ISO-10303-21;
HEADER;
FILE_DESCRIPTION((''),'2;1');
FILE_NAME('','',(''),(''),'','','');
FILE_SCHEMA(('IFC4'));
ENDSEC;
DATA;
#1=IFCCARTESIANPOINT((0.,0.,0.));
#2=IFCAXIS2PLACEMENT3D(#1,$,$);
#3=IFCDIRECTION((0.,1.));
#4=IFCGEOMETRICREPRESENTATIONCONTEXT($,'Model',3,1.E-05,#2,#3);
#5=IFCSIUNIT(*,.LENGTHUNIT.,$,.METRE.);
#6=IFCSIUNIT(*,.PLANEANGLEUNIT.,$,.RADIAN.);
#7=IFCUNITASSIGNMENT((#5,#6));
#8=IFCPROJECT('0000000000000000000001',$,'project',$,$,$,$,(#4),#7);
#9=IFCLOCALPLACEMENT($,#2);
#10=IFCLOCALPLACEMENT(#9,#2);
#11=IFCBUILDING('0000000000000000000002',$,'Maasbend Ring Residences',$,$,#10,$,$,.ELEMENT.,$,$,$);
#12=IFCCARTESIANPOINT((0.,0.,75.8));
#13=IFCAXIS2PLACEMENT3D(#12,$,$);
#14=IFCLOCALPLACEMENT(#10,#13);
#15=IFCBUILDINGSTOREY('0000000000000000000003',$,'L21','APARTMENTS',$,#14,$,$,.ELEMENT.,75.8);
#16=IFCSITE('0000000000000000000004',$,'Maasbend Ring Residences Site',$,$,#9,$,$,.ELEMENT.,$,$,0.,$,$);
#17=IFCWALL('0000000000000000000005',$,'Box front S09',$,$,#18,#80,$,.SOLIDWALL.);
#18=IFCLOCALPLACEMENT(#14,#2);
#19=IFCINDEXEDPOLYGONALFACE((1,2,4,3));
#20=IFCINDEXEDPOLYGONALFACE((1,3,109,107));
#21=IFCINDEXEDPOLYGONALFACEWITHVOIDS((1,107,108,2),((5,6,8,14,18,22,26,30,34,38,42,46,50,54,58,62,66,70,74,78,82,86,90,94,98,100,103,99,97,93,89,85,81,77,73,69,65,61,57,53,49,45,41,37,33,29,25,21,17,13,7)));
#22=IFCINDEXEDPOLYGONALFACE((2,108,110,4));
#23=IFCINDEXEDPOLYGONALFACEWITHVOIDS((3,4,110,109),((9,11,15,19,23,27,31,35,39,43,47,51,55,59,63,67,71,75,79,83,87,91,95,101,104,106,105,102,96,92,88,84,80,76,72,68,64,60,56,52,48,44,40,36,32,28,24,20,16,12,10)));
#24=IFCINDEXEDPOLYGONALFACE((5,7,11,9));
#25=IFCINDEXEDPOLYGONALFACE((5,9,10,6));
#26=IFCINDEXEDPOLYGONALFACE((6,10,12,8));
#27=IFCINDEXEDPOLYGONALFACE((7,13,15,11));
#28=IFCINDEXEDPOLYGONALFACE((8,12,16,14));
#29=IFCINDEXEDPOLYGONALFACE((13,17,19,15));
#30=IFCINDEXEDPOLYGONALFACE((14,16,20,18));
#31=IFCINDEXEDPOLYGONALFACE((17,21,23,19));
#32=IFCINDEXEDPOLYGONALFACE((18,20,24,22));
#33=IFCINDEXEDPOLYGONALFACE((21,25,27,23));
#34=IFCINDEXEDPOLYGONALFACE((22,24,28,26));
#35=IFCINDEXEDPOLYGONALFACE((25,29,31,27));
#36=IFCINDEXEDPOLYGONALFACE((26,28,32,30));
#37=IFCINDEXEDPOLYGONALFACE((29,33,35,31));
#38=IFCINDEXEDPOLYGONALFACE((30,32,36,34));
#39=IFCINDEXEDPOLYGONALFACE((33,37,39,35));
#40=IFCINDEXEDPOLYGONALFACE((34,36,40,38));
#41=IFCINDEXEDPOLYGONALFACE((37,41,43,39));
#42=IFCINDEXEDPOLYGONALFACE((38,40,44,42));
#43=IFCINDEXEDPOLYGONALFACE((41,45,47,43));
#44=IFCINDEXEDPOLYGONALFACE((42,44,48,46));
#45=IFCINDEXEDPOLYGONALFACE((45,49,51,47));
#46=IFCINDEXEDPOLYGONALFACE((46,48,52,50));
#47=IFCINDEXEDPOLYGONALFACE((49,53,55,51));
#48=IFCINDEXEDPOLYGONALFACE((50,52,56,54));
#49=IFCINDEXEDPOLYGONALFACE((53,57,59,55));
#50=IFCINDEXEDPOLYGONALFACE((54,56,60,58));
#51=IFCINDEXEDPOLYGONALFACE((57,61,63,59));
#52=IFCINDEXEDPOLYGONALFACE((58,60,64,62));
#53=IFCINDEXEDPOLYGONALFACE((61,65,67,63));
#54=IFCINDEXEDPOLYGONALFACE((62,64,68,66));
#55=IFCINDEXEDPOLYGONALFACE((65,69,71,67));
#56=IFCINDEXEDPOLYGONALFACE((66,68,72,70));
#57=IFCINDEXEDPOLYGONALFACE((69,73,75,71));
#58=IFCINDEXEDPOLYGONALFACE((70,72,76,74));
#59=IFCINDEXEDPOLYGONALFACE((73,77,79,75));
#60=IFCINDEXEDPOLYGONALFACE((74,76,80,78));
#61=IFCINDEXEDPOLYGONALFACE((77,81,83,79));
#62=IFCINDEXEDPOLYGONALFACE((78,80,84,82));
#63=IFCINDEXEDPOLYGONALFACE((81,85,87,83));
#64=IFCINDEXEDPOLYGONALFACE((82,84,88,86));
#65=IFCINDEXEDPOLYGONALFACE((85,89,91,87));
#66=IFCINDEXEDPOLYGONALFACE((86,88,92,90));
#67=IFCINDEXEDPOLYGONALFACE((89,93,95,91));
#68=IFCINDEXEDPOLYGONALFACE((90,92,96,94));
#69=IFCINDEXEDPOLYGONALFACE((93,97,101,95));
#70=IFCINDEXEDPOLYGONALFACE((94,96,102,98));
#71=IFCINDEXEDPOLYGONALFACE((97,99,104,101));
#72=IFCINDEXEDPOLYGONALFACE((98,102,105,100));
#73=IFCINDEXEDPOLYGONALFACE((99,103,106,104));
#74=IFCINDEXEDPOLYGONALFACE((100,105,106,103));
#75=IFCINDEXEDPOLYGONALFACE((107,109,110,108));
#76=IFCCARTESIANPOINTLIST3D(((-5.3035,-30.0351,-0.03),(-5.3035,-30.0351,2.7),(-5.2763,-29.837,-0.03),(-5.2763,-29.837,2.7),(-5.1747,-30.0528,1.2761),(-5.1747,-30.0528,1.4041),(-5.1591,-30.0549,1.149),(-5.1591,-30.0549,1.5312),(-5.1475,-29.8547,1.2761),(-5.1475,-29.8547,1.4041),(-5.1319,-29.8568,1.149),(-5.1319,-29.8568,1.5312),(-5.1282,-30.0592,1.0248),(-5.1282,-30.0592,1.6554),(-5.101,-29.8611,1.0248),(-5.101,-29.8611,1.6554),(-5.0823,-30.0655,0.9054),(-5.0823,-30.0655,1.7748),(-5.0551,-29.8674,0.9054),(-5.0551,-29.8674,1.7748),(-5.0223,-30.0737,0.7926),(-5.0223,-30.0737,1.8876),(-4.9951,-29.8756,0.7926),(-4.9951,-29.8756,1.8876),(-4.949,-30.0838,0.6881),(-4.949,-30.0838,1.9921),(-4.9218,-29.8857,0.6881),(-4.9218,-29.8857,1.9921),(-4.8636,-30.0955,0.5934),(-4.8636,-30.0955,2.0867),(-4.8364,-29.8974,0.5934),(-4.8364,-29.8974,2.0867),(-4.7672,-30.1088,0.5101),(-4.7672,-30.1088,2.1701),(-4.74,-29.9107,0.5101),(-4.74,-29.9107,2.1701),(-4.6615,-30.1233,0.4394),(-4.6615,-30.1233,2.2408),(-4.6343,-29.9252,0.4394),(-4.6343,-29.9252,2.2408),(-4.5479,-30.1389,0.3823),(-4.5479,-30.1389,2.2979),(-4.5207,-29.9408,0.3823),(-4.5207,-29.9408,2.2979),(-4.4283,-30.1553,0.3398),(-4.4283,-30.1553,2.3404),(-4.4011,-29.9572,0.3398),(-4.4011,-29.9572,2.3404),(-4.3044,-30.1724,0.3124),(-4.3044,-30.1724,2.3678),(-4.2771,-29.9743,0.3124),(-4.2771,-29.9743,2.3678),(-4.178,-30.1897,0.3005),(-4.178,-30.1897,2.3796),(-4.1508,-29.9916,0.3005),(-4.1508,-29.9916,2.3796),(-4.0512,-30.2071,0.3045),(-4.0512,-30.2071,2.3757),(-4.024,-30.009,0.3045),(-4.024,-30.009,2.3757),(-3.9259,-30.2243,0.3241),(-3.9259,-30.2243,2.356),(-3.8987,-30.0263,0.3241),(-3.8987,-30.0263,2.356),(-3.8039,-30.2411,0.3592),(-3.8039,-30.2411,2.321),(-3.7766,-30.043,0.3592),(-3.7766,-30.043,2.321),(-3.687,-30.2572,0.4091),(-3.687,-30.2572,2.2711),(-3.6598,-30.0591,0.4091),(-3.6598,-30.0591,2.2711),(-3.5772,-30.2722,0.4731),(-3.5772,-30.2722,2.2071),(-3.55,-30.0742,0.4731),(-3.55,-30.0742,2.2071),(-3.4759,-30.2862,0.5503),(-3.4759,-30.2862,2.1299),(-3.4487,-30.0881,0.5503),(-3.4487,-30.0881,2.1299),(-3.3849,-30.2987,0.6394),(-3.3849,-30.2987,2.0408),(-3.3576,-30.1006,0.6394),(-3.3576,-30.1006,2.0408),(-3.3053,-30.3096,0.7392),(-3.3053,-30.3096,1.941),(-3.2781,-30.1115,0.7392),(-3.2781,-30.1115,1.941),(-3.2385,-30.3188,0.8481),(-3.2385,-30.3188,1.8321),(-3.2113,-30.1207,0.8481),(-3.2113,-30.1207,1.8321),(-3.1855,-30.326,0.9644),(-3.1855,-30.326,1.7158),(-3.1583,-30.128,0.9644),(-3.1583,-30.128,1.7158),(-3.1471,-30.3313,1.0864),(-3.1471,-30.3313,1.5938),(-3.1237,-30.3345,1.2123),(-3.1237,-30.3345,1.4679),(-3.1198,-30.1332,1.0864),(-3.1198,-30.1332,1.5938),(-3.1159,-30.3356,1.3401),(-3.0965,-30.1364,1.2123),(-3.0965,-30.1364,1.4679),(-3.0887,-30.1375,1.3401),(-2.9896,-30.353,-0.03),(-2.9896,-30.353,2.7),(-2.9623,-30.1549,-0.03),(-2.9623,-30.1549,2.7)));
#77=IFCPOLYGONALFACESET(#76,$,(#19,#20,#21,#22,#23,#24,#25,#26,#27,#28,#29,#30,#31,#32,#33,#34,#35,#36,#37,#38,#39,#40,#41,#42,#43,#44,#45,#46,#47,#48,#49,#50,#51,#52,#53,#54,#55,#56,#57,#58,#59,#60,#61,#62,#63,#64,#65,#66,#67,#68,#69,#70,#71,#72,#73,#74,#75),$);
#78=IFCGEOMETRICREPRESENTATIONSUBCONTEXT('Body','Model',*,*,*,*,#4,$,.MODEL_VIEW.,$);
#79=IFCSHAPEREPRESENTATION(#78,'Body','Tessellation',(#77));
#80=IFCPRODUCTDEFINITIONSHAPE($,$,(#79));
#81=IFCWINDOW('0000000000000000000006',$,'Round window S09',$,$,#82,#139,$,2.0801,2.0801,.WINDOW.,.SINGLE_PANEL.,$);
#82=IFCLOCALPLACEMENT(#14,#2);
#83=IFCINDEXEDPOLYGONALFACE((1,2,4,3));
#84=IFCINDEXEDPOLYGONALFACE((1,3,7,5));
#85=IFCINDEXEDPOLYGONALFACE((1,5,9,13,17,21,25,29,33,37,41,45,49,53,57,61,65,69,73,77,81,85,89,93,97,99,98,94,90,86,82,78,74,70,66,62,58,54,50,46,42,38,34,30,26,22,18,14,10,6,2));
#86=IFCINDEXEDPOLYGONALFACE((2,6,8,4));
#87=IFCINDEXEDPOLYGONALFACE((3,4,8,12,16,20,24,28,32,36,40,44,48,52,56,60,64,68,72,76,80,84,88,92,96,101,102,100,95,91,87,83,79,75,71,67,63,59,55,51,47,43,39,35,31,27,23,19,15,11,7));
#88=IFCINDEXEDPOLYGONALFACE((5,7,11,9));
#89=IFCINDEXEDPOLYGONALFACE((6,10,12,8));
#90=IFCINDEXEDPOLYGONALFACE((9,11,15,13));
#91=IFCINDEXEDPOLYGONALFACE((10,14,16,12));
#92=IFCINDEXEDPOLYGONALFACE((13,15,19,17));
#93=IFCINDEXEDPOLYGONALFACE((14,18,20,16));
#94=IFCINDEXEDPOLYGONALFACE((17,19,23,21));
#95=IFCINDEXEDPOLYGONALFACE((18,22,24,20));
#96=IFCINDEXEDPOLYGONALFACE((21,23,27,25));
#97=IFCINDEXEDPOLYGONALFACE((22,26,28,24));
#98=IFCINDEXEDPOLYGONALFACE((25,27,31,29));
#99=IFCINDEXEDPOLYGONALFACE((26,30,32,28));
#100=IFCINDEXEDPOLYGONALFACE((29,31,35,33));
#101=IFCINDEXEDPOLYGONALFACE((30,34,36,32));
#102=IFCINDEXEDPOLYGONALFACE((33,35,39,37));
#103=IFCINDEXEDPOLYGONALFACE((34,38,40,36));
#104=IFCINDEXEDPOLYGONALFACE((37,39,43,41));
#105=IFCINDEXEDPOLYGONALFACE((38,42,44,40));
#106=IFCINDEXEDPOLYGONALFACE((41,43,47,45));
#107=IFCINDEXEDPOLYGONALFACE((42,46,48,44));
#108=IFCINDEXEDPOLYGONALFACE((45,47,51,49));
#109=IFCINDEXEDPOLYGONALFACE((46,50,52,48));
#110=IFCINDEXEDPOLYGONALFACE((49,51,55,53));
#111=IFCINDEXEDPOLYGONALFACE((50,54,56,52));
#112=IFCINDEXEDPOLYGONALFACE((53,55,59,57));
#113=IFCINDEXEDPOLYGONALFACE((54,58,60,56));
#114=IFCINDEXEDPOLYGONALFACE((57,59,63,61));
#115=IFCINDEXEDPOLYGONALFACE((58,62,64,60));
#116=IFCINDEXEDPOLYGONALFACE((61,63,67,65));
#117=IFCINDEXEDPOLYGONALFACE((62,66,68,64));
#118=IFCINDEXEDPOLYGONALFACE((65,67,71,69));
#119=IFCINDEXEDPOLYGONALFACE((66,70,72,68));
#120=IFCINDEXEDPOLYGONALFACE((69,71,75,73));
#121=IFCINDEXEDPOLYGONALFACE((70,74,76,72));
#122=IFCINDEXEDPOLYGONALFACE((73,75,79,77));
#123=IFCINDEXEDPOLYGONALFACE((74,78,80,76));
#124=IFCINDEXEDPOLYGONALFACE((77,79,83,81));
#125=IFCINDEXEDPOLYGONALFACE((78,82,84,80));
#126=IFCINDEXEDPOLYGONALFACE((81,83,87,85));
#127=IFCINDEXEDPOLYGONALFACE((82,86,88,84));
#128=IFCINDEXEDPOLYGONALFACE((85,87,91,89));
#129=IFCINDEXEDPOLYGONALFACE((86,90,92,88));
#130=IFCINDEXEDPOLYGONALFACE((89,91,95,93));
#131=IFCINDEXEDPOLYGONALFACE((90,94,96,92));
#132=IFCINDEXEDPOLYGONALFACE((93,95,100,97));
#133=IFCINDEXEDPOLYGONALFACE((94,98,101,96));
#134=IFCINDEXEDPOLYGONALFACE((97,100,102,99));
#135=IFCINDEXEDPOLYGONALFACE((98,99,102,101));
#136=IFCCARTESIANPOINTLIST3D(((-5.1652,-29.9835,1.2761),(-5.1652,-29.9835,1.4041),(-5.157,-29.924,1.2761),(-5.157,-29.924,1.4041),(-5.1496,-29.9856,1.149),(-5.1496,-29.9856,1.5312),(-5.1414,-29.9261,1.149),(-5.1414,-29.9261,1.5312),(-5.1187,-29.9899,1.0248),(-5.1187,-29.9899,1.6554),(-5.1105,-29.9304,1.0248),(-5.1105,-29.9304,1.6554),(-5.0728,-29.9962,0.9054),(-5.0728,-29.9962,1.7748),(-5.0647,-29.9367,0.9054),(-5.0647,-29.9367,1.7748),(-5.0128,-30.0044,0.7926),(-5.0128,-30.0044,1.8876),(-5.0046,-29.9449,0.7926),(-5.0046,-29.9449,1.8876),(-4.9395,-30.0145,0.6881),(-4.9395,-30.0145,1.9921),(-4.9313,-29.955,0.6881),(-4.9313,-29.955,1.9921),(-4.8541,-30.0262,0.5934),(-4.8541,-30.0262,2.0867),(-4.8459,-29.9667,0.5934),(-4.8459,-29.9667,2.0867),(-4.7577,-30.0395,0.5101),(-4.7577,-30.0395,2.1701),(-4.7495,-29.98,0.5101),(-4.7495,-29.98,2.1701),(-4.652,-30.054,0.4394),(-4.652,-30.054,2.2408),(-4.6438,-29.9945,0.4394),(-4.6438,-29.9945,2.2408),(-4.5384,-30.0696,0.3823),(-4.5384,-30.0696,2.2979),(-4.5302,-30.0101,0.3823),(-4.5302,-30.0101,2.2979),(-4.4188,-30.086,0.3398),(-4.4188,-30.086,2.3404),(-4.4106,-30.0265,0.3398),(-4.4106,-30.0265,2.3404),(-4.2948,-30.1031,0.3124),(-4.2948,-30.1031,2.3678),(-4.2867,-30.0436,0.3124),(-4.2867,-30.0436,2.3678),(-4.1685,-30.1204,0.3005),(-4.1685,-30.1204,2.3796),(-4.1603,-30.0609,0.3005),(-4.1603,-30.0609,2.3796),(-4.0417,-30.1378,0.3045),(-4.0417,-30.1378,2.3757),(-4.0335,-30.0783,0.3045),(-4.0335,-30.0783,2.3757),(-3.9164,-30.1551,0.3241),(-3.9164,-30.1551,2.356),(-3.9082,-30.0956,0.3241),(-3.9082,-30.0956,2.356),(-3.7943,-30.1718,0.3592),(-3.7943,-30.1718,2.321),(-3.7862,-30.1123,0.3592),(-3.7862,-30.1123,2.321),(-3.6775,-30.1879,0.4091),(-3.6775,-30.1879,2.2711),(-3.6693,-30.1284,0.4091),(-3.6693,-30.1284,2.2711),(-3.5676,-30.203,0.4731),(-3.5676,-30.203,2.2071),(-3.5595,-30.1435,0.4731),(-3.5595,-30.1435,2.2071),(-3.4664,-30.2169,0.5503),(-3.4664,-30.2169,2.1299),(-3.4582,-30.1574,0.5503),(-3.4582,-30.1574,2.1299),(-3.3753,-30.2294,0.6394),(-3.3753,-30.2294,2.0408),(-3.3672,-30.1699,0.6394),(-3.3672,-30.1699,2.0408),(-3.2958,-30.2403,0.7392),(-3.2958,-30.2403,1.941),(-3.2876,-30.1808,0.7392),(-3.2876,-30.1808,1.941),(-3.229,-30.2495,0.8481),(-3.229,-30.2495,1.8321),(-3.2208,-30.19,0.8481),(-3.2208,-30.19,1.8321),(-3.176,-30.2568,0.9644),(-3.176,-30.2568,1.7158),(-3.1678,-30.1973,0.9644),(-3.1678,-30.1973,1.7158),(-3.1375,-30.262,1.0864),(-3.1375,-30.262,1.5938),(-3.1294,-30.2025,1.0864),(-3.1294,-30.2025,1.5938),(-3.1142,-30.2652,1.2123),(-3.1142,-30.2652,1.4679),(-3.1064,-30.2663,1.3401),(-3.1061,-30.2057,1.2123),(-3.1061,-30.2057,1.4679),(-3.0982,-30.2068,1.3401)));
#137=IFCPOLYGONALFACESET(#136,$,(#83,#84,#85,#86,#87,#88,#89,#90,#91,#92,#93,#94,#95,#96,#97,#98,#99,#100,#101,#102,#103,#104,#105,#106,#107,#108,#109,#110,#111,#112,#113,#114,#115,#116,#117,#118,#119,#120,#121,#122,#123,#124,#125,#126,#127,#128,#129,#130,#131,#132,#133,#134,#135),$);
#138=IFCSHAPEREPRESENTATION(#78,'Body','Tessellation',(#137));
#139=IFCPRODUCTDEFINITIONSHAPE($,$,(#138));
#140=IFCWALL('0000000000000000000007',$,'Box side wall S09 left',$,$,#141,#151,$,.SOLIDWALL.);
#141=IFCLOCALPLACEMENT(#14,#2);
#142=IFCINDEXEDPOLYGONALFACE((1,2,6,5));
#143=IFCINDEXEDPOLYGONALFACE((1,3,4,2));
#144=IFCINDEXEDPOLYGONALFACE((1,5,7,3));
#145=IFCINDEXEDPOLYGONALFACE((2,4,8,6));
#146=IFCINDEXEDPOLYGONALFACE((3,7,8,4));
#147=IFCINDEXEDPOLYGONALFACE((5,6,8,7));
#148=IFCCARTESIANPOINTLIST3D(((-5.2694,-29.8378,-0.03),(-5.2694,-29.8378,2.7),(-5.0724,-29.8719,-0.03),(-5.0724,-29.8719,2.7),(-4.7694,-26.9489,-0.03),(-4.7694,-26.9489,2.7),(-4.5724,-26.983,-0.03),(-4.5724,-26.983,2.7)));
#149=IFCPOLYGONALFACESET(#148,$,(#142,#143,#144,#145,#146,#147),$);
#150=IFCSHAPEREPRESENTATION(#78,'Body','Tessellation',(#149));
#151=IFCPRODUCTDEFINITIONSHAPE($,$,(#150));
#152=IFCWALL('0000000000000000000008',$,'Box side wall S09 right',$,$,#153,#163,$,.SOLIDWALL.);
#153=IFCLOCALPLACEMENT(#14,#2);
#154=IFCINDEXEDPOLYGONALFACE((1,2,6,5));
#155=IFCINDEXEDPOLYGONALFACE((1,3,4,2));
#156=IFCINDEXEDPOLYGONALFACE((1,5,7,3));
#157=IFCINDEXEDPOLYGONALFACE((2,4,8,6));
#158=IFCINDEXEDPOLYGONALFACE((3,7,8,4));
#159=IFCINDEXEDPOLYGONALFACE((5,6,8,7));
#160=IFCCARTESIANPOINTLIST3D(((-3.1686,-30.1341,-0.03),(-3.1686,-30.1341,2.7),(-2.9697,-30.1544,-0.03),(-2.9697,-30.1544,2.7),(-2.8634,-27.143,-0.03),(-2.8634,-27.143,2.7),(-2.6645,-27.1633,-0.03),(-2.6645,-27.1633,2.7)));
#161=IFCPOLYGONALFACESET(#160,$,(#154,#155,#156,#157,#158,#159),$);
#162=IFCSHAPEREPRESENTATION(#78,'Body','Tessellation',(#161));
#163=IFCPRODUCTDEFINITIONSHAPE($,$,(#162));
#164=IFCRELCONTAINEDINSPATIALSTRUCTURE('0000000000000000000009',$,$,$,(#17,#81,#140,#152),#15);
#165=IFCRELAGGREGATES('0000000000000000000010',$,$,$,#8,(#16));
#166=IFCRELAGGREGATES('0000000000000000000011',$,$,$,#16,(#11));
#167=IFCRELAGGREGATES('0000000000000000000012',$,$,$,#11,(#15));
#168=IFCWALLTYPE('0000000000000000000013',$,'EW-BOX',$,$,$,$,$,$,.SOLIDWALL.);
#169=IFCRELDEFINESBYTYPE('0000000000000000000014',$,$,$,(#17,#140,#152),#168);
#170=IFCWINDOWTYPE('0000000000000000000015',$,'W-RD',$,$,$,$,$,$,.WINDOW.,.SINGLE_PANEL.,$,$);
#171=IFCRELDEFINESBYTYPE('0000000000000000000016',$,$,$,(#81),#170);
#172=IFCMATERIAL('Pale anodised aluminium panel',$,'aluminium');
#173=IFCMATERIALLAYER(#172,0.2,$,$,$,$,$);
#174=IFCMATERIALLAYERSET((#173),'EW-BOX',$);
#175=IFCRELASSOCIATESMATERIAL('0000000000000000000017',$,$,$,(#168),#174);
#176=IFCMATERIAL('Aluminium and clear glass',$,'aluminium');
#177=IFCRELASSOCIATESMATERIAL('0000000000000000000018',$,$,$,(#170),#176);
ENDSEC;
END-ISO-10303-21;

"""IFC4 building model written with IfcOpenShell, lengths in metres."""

from ifc_helpers import new_model, si_unit, direction, frame, frame_2d, origin, place, context, subcontext, project, spatial, rectangle, circle, extrude, material, layer, layer_set, type_object, element, fill, save


model = new_model("IFC4")

# Units and contexts
model_context = context("Model", 3, precision=1e-05, world=origin(), true_north=direction((0.0, 1.0)))
body_context = subcontext(model_context, "Body", "Model", "MODEL_VIEW")
ifc_project = project(units=[si_unit("LENGTHUNIT", "METRE"), si_unit("PLANEANGLEUNIT", "RADIAN")], contexts=[model_context])

# Site, building, storey
site_placement = place(None, origin())
site = spatial("IfcSite", under=ifc_project, at=site_placement, Name="Maasbend Ring Residences Site", CompositionType="ELEMENT", RefElevation=0.0)
building_placement = place(site_placement, origin())
building = spatial("IfcBuilding", under=site, at=building_placement, Name="Maasbend Ring Residences", CompositionType="ELEMENT")
storey_placement = place(building_placement, frame((0.0, 0.0, 75.8)))
storey = spatial("IfcBuildingStorey", under=building, at=storey_placement, Name="L21", Description="APARTMENTS", CompositionType="ELEMENT", Elevation=75.8)

# Shared definitions
ifc_material_1 = material(Name="Pale anodised aluminium panel", Category="aluminium")
ifc_layer_1 = layer(ifc_material_1, 0.2)
ifc_layer_set_1 = layer_set([ifc_layer_1], Name="EW-BOX")
wall_type_1 = type_object("IfcWallType", Name="EW-BOX", PredefinedType="SOLIDWALL", material=ifc_layer_set_1)

# Wall, opening, window
wall_1_placement = place(storey_placement, frame((-5.29, -29.936, -0.03), z_axis=(0.0, 0.0, 1.0), x_axis=(0.990696, -0.136093, 0.0)))
wall_1 = element("IfcWall", 1, at=wall_1_placement, inside=storey, type_object=wall_type_1, Name="Box front S09", PredefinedType="SOLIDWALL", context=body_context, shape_type="SweptSolid", body=[
    extrude(rectangle(XDim=2.3357, YDim=0.2, at=frame_2d((1.168, 0.0))), origin(), (0.0, 0.0, 1.0), 2.73),
])
opening_1_placement = place(wall_1_placement, frame((0.1282, 0.0, 0.3301)))
opening_1 = element("IfcOpeningElement", 2, at=opening_1_placement, cuts=wall_1, PredefinedType="OPENING", context=body_context, shape_type="SweptSolid", body=[
    extrude(circle(Radius=1.04, at=frame_2d((1.04, 1.04))), frame((0.0, 0.1099, 0.0), z_axis=(0.0, -1.0, 0.0), x_axis=(1.0, 0.0, 0.0)), (0.0, 0.0, 1.0), 0.22),
])
ifc_material_2 = material(Name="Aluminium and clear glass", Category="aluminium")
window_type_1 = type_object("IfcWindowType", Name="W-RD", PartitioningType="SINGLE_PANEL", PredefinedType="WINDOW", material=ifc_material_2)
window_1_placement = place(opening_1_placement, origin())
window_1 = element("IfcWindow", 3, at=window_1_placement, inside=storey, type_object=window_type_1, Name="Round window S09", OverallHeight=2.0801, OverallWidth=2.0801, PartitioningType="SINGLE_PANEL", PredefinedType="WINDOW", context=body_context, shape_type="SweptSolid", body=[
    extrude(circle(Radius=1.04, at=frame_2d((1.04, 1.04))), frame((0.0, 0.03, 0.0), z_axis=(0.0, -1.0, 0.0), x_axis=(1.0, 0.0, 0.0)), (0.0, 0.0, 1.0), 0.0601),
])
fill(opening_1, window_1)

# Walls
wall_2_placement = place(storey_placement, frame((-4.6709, -26.9661, -0.03), z_axis=(0.0, 0.0, 1.0), x_axis=(-0.17054, -0.985351, 0.0)))
element("IfcWall", 4, at=wall_2_placement, inside=storey, type_object=wall_type_1, Name="Box side wall S09 left", PredefinedType="SOLIDWALL", context=body_context, shape_type="SweptSolid", body=[
    extrude(rectangle(XDim=2.9319, YDim=0.2, at=frame_2d((1.4658, 0.0))), origin(), (0.0, 0.0, 1.0), 2.73),
])
wall_3_placement = place(storey_placement, frame((-2.7639, -27.1531, -0.03), z_axis=(0.0, 0.0, 1.0), x_axis=(-0.101505, -0.994835, 0.0)))
element("IfcWall", 5, at=wall_3_placement, inside=storey, type_object=wall_type_1, Name="Box side wall S09 right", PredefinedType="SOLIDWALL", context=body_context, shape_type="SweptSolid", body=[
    extrude(rectangle(XDim=3.0066, YDim=0.2, at=frame_2d((1.5034, 0.0))), origin(), (0.0, 0.0, 1.0), 2.73),
])

save(model, "model.ifc")
